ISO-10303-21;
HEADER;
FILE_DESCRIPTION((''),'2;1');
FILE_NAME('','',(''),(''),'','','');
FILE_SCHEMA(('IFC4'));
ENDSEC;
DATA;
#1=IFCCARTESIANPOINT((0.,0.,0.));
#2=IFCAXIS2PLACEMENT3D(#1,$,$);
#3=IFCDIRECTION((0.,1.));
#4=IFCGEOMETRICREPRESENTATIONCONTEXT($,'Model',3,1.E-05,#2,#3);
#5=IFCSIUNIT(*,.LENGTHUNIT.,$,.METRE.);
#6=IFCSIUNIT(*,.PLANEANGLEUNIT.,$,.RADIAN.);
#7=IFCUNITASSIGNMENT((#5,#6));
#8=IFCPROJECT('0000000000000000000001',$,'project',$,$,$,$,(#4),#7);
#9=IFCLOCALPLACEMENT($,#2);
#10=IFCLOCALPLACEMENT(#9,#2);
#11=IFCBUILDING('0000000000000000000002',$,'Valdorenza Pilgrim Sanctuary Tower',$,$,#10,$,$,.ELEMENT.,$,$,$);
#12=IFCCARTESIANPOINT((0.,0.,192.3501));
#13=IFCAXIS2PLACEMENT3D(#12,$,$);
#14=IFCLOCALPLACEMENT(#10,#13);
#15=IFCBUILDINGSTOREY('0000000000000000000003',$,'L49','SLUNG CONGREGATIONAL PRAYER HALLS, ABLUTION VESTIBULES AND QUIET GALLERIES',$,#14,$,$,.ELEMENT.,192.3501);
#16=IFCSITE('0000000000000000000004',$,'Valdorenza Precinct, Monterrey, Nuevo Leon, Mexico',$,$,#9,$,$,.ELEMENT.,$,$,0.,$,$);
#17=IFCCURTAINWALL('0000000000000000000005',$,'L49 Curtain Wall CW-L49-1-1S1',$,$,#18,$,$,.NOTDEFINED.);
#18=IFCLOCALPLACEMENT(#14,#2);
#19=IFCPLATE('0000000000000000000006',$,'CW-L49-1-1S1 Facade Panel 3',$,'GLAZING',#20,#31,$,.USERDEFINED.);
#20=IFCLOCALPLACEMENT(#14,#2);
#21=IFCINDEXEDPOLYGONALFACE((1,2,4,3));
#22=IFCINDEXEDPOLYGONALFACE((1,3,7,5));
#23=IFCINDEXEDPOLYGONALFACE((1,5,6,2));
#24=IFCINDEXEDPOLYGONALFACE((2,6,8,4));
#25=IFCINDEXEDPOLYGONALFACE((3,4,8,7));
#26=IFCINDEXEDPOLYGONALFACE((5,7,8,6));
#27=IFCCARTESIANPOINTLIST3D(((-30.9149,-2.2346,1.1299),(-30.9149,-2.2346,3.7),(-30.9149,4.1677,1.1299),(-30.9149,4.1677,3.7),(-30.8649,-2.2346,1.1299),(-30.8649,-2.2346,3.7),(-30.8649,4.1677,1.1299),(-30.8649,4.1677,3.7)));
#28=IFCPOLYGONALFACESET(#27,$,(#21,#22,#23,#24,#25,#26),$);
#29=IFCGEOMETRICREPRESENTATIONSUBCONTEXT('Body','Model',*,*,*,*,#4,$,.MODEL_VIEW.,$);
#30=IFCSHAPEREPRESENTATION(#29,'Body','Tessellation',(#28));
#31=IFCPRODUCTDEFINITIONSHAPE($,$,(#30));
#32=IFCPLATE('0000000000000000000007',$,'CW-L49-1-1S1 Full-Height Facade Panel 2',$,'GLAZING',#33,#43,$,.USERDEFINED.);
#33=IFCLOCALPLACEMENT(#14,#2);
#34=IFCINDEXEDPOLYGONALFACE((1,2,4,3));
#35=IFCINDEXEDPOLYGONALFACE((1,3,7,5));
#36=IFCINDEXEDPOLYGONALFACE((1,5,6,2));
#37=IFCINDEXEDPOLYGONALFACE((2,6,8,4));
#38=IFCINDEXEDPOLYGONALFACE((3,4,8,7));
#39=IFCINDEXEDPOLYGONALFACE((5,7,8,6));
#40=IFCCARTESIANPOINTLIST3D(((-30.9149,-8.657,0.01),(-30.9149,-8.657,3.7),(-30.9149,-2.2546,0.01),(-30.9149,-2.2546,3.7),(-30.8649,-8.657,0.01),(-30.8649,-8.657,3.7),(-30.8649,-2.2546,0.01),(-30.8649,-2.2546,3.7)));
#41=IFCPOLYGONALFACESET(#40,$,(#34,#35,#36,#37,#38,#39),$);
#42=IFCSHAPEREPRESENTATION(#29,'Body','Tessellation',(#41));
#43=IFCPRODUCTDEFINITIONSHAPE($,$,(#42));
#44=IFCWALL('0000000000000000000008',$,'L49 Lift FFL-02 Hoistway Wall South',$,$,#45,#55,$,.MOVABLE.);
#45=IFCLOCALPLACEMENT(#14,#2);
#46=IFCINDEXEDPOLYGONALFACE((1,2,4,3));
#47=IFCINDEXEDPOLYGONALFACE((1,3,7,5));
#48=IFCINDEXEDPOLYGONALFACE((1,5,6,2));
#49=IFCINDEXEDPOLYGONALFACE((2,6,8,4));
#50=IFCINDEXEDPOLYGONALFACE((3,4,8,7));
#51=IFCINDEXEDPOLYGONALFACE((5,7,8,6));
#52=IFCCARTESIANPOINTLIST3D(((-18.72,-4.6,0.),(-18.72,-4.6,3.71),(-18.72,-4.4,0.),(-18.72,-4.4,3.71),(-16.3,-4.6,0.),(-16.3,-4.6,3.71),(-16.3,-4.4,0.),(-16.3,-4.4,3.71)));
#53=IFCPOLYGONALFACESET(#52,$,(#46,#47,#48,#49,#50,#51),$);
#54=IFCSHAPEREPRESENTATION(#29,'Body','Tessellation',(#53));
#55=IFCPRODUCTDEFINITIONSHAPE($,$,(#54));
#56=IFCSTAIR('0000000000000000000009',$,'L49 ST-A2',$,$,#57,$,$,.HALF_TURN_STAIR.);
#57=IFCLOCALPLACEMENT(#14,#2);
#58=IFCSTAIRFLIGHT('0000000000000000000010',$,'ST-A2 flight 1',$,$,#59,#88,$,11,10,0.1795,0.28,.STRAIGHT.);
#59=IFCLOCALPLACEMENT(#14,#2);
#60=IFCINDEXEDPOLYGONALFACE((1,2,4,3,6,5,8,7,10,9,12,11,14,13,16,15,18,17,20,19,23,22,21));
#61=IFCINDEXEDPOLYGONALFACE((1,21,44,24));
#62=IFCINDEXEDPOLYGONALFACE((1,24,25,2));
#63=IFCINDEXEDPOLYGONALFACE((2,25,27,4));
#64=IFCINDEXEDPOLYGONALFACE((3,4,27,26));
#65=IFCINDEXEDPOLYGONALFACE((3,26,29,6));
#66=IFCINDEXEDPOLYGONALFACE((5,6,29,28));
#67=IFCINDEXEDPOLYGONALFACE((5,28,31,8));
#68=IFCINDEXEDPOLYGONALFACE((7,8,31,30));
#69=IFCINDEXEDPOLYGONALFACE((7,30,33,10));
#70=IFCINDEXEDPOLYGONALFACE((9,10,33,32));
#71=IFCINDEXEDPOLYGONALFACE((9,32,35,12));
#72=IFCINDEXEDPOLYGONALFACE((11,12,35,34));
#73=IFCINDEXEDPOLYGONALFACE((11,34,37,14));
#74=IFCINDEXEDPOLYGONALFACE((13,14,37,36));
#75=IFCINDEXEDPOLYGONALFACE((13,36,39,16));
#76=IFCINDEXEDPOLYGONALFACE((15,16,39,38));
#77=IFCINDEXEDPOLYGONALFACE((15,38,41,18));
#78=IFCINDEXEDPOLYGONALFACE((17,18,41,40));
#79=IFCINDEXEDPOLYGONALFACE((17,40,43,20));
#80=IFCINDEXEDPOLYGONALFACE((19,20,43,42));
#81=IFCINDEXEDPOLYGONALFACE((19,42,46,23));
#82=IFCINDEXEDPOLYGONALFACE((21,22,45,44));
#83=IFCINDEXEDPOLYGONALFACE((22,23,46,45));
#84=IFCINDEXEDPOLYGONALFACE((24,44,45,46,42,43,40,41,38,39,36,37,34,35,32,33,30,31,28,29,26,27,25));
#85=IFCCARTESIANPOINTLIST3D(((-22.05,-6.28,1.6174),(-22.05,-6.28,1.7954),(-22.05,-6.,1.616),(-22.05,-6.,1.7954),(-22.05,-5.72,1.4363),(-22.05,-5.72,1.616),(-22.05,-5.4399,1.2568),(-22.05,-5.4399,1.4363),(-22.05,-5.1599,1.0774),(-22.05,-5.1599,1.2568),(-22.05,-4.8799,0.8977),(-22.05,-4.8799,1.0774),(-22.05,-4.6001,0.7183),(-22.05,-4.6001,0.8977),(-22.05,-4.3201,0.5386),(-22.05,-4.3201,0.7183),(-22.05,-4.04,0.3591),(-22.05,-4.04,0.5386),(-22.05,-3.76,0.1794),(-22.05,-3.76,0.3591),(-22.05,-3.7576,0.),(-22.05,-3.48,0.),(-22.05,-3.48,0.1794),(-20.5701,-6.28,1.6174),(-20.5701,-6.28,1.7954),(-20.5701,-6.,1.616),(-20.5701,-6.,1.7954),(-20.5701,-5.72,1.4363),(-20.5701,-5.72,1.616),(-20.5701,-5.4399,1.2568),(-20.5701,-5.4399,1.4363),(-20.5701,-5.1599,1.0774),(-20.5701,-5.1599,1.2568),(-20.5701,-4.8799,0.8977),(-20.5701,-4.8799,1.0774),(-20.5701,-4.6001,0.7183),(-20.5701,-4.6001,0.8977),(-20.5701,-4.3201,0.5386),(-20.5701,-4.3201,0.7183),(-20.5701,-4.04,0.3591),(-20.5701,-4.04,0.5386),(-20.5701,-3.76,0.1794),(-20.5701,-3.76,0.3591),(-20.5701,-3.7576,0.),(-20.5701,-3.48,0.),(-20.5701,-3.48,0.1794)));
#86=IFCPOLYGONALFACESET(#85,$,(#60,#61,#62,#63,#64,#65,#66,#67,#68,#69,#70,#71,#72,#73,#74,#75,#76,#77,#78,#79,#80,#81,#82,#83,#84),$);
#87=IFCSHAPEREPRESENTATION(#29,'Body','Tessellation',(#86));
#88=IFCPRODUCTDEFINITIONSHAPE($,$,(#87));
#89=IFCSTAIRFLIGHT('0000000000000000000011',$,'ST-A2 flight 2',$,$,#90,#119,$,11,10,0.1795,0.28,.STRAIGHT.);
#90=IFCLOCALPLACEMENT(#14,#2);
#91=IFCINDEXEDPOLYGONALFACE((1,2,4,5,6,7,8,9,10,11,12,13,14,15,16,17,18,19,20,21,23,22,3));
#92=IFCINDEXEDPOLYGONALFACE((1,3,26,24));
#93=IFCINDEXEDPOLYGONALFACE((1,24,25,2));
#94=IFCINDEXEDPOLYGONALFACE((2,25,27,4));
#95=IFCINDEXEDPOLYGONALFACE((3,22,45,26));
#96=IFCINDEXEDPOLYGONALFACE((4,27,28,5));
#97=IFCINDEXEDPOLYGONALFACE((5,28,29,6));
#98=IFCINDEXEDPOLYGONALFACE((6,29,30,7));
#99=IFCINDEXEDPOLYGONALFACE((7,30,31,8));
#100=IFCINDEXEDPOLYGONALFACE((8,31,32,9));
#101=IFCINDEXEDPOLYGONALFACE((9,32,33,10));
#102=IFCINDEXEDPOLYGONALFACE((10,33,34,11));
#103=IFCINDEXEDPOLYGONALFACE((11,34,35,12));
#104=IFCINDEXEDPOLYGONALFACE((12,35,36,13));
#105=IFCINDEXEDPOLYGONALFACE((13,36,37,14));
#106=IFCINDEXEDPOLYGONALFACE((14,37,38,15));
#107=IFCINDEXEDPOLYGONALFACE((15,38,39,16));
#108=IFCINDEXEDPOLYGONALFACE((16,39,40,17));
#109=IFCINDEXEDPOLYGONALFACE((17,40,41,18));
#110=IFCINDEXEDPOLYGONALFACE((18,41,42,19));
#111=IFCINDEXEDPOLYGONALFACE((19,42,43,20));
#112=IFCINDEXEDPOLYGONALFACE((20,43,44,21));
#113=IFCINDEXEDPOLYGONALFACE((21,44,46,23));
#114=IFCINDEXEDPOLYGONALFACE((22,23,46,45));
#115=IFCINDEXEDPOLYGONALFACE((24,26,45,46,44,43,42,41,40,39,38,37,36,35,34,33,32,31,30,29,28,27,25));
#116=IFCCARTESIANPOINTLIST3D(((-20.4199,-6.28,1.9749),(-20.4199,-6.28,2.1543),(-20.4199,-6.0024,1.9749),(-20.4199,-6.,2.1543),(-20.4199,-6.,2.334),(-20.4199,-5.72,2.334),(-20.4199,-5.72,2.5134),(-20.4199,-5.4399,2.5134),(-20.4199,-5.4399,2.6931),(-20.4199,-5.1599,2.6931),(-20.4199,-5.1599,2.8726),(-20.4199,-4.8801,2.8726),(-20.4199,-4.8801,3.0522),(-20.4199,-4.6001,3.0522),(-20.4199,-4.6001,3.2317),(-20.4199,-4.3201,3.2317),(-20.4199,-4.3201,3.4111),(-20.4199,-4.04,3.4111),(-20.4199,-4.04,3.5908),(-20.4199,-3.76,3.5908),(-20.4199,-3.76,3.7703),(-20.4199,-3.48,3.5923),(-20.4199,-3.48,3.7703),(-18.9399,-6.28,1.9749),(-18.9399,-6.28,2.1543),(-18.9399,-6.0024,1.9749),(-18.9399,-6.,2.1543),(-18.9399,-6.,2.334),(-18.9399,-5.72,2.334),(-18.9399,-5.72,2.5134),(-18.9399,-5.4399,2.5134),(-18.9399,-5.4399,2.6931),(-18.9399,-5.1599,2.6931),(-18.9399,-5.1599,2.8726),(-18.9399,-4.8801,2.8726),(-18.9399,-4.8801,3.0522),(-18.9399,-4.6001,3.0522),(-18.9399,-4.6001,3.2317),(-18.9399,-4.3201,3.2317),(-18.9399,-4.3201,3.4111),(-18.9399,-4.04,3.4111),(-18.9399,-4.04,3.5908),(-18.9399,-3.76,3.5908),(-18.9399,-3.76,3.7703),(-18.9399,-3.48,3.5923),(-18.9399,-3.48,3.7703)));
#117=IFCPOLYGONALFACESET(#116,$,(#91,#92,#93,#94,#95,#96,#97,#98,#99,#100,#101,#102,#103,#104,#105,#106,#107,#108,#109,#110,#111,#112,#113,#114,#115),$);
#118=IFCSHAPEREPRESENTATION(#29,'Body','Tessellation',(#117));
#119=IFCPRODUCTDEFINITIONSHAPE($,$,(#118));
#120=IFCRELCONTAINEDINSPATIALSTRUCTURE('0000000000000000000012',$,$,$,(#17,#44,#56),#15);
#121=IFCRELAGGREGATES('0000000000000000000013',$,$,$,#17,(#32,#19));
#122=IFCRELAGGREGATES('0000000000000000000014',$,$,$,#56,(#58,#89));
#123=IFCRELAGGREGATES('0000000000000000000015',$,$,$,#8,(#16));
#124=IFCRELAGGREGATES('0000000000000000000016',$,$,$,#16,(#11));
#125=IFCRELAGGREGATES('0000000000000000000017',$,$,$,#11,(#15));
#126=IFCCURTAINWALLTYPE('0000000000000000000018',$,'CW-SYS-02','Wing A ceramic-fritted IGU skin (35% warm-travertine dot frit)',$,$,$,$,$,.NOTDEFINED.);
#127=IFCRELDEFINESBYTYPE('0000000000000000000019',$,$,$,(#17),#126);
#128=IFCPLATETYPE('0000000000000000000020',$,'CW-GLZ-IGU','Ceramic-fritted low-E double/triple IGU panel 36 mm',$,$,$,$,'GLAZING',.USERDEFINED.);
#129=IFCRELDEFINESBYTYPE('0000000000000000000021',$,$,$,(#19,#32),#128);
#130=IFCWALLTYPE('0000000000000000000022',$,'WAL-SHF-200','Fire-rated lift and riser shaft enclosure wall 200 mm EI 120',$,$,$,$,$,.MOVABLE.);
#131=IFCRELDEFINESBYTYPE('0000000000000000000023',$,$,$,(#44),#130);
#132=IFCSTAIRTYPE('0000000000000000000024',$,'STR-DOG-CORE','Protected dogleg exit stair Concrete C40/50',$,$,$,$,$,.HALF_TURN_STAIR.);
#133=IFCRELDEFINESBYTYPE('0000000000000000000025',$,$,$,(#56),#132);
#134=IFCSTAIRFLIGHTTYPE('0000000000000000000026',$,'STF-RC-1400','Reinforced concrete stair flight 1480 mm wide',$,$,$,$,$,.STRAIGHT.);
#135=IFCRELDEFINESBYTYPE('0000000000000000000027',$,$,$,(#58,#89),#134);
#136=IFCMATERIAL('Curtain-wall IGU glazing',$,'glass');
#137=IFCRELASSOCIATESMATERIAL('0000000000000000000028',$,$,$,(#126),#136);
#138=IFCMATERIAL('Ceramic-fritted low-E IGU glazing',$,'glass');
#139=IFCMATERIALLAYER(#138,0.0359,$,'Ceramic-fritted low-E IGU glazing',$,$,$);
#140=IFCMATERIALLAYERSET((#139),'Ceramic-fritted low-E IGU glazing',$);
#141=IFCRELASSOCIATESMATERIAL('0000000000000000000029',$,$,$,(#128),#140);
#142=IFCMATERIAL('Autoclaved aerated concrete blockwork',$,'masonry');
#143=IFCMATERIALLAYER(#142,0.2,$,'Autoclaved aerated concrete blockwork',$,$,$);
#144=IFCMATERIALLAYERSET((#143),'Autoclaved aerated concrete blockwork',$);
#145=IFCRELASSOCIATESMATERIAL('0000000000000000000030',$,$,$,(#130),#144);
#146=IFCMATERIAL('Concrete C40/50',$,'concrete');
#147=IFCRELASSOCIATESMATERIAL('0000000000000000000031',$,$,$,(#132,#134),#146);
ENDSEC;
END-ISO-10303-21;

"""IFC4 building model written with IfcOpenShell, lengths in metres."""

from ifc_helpers import new_model, si_unit, direction, frame, frame_2d, origin, origin_2d, place, context, subcontext, project, spatial, polyline, rectangle, outline, extrude, source, transform, mapped, material, layer, layer_set, type_object, element, aggregate, save


model = new_model("IFC4")

# Units and contexts
model_context = context("Model", 3, precision=1e-05, world=origin(), true_north=direction((0.0, 1.0)))
body_context = subcontext(model_context, "Body", "Model", "MODEL_VIEW")
ifc_project = project(units=[si_unit("LENGTHUNIT", "METRE"), si_unit("PLANEANGLEUNIT", "RADIAN")], contexts=[model_context])

# Site, building, storey
site_placement = place(None, origin())
site = spatial("IfcSite", under=ifc_project, at=site_placement, Name="Valdorenza Precinct, Monterrey, Nuevo Leon, Mexico", CompositionType="ELEMENT", RefElevation=0.0)
building_placement = place(site_placement, origin())
building = spatial("IfcBuilding", under=site, at=building_placement, Name="Valdorenza Pilgrim Sanctuary Tower", CompositionType="ELEMENT")
storey_placement = place(building_placement, frame((0.0, 0.0, 192.3501)))
storey = spatial("IfcBuildingStorey", under=building, at=storey_placement, Name="L49", Description="SLUNG CONGREGATIONAL PRAYER HALLS, ABLUTION VESTIBULES AND QUIET GALLERIES", CompositionType="ELEMENT", Elevation=192.3501)

# Curtain wall, plates
ifc_material_1 = material(Name="Curtain-wall IGU glazing", Category="glass")
curtain_wall_type = type_object("IfcCurtainWallType", Name="CW-SYS-02", Description="Wing A ceramic-fritted IGU skin (35% warm-travertine dot frit)", PredefinedType="NOTDEFINED", material=ifc_material_1)
curtain_wall_placement = place(storey_placement, origin())
curtain_wall = element("IfcCurtainWall", 1, at=curtain_wall_placement, inside=storey, type_object=curtain_wall_type, Name="L49 Curtain Wall CW-L49-1-1S1", PredefinedType="NOTDEFINED")
ifc_material_2 = material(Name="Ceramic-fritted low-E IGU glazing", Category="glass")
ifc_layer_1 = layer(ifc_material_2, 0.0359, Name="Ceramic-fritted low-E IGU glazing")
ifc_layer_set_1 = layer_set([ifc_layer_1], Name="Ceramic-fritted low-E IGU glazing")
plate_type_1 = type_object("IfcPlateType", Name="CW-GLZ-IGU", Description="Ceramic-fritted low-E double/triple IGU panel 36 mm", ElementType="GLAZING", PredefinedType="USERDEFINED", material=ifc_layer_set_1)
shared_shape_1 = source(origin(), body_context, "Body", "SweptSolid", [
    extrude(rectangle(XDim=6.4023, YDim=0.05, at=origin_2d()), origin(), (0.0, 0.0, 1.0), 2.5701),
])
plate_1_placement = place(storey_placement, frame((-30.8899, 0.9666, 1.1299), z_axis=(0.0, 0.0, 1.0), x_axis=(0.0, 1.0, 0.0)))
plate_1 = element("IfcPlate", 2, at=plate_1_placement, type_object=plate_type_1, Name="CW-L49-1-1S1 Facade Panel 3", ObjectType="GLAZING", PredefinedType="USERDEFINED", context=body_context, shape_type="MappedRepresentation", body=[
    mapped(shared_shape_1, transform((0.0, 0.0, 0.0), x_axis=(1.0, 0.0, 0.0), y_axis=(0.0, 1.0, 0.0), z_axis=(0.0, 0.0, 1.0), scale=1.0)),
])
shared_shape_2 = source(origin(), body_context, "Body", "SweptSolid", [
    extrude(rectangle(XDim=6.4023, YDim=0.05, at=origin_2d()), origin(), (0.0, 0.0, 1.0), 3.6899),
])
plate_2_placement = place(storey_placement, frame((-30.8899, -5.4558, 0.01), z_axis=(0.0, 0.0, 1.0), x_axis=(0.0, 1.0, 0.0)))
plate_2 = element("IfcPlate", 3, at=plate_2_placement, type_object=plate_type_1, Name="CW-L49-1-1S1 Full-Height Facade Panel 2", ObjectType="GLAZING", PredefinedType="USERDEFINED", context=body_context, shape_type="MappedRepresentation", body=[
    mapped(shared_shape_2, transform((0.0, 0.0, 0.0), x_axis=(1.0, 0.0, 0.0), y_axis=(0.0, 1.0, 0.0), z_axis=(0.0, 0.0, 1.0), scale=1.0)),
])
aggregate(curtain_wall, [plate_2, plate_1])

# Wall
ifc_material_3 = material(Name="Autoclaved aerated concrete blockwork", Category="masonry")
ifc_layer_2 = layer(ifc_material_3, 0.2, Name="Autoclaved aerated concrete blockwork")
ifc_layer_set_2 = layer_set([ifc_layer_2], Name="Autoclaved aerated concrete blockwork")
wall_type_1 = type_object("IfcWallType", Name="WAL-SHF-200", Description="Fire-rated lift and riser shaft enclosure wall 200 mm EI 120", PredefinedType="MOVABLE", material=ifc_layer_set_2)
wall_1_placement = place(storey_placement, frame((-18.72, -4.5, 0.0), z_axis=(0.0, 0.0, 1.0), x_axis=(1.0, 0.0, 0.0)))
element("IfcWall", 4, at=wall_1_placement, inside=storey, type_object=wall_type_1, Name="L49 Lift FFL-02 Hoistway Wall South", PredefinedType="MOVABLE", context=body_context, shape_type="SweptSolid", body=[
    extrude(rectangle(XDim=2.4199, YDim=0.2, at=frame_2d((1.21, 0.0))), origin(), (0.0, 0.0, 1.0), 3.71),
])

# Shared definitions
ifc_material_4 = material(Name="Concrete C40/50", Category="concrete")

# Stair, stair flights
stair_type = type_object("IfcStairType", Name="STR-DOG-CORE", Description="Protected dogleg exit stair Concrete C40/50", PredefinedType="HALF_TURN_STAIR", material=ifc_material_4)
stair_placement = place(storey_placement, origin())
stair = element("IfcStair", 5, at=stair_placement, inside=storey, type_object=stair_type, Name="L49 ST-A2", PredefinedType="HALF_TURN_STAIR")
stair_flight_type = type_object("IfcStairFlightType", Name="STF-RC-1400", Description="Reinforced concrete stair flight 1480 mm wide", PredefinedType="STRAIGHT", material=ifc_material_4)
stair_flight_1_placement = place(storey_placement, frame((-21.3101, -3.48, 0.0), z_axis=(0.0, 0.0, 1.0), x_axis=(0.0, -1.0, 0.0)))
stair_flight_1 = element("IfcStairFlight", 6, at=stair_flight_1_placement, type_object=stair_flight_type, Name="ST-A2 flight 1", NumberOfRisers=11, NumberOfTreads=10, PredefinedType="STRAIGHT", RiserHeight=0.1795, TreadLength=0.28, context=body_context, shape_type="SweptSolid", body=[
    extrude(outline(polyline([(0.0, 0.0), (0.0, 0.1794), (0.28, 0.1794), (0.28, 0.3591), (0.5601, 0.3591), (0.5601, 0.5386), (0.8401, 0.5386), (0.8401, 0.7183), (1.1201, 0.7183), (1.1201, 0.8977), (1.3999, 0.8977), (1.3999, 1.0774), (1.6799, 1.0774), (1.6799, 1.2568), (1.96, 1.2568), (1.96, 1.4363), (2.24, 1.4363), (2.24, 1.616), (2.52, 1.616), (2.52, 1.7954), (2.8, 1.7954), (2.8, 1.9751), (2.8, 1.6174), (0.2776, 0.0), (0.0, 0.0)])), frame((0.0, 0.74, 0.0), z_axis=(0.0, -1.0, 0.0), x_axis=(1.0, 0.0, 0.0)), (0.0, 0.0, 1.0), 1.48),
])
stair_flight_2_placement = place(storey_placement, frame((-19.6799, -6.28, 1.9749), z_axis=(0.0, 0.0, 1.0), x_axis=(0.0, 1.0, 0.0)))
stair_flight_2 = element("IfcStairFlight", 7, at=stair_flight_2_placement, type_object=stair_flight_type, Name="ST-A2 flight 2", NumberOfRisers=11, NumberOfTreads=10, PredefinedType="STRAIGHT", RiserHeight=0.1795, TreadLength=0.28, context=body_context, shape_type="SweptSolid", body=[
    extrude(outline(polyline([(0.0, 0.0), (0.0, 0.1794), (0.28, 0.1794), (0.28, 0.3591), (0.5601, 0.3591), (0.5601, 0.5386), (0.8401, 0.5386), (0.8401, 0.7183), (1.1201, 0.7183), (1.1201, 0.8977), (1.3999, 0.8977), (1.3999, 1.0774), (1.6799, 1.0774), (1.6799, 1.2568), (1.96, 1.2568), (1.96, 1.4363), (2.24, 1.4363), (2.24, 1.616), (2.52, 1.616), (2.52, 1.7954), (2.8, 1.7954), (2.8, 1.9751), (2.8, 1.6174), (0.2776, 0.0), (0.0, 0.0)])), frame((0.0, 0.74, 0.0), z_axis=(0.0, -1.0, 0.0), x_axis=(1.0, 0.0, 0.0)), (0.0, 0.0, 1.0), 1.48),
])
aggregate(stair, [stair_flight_1, stair_flight_2])

save(model, "model.ifc")
